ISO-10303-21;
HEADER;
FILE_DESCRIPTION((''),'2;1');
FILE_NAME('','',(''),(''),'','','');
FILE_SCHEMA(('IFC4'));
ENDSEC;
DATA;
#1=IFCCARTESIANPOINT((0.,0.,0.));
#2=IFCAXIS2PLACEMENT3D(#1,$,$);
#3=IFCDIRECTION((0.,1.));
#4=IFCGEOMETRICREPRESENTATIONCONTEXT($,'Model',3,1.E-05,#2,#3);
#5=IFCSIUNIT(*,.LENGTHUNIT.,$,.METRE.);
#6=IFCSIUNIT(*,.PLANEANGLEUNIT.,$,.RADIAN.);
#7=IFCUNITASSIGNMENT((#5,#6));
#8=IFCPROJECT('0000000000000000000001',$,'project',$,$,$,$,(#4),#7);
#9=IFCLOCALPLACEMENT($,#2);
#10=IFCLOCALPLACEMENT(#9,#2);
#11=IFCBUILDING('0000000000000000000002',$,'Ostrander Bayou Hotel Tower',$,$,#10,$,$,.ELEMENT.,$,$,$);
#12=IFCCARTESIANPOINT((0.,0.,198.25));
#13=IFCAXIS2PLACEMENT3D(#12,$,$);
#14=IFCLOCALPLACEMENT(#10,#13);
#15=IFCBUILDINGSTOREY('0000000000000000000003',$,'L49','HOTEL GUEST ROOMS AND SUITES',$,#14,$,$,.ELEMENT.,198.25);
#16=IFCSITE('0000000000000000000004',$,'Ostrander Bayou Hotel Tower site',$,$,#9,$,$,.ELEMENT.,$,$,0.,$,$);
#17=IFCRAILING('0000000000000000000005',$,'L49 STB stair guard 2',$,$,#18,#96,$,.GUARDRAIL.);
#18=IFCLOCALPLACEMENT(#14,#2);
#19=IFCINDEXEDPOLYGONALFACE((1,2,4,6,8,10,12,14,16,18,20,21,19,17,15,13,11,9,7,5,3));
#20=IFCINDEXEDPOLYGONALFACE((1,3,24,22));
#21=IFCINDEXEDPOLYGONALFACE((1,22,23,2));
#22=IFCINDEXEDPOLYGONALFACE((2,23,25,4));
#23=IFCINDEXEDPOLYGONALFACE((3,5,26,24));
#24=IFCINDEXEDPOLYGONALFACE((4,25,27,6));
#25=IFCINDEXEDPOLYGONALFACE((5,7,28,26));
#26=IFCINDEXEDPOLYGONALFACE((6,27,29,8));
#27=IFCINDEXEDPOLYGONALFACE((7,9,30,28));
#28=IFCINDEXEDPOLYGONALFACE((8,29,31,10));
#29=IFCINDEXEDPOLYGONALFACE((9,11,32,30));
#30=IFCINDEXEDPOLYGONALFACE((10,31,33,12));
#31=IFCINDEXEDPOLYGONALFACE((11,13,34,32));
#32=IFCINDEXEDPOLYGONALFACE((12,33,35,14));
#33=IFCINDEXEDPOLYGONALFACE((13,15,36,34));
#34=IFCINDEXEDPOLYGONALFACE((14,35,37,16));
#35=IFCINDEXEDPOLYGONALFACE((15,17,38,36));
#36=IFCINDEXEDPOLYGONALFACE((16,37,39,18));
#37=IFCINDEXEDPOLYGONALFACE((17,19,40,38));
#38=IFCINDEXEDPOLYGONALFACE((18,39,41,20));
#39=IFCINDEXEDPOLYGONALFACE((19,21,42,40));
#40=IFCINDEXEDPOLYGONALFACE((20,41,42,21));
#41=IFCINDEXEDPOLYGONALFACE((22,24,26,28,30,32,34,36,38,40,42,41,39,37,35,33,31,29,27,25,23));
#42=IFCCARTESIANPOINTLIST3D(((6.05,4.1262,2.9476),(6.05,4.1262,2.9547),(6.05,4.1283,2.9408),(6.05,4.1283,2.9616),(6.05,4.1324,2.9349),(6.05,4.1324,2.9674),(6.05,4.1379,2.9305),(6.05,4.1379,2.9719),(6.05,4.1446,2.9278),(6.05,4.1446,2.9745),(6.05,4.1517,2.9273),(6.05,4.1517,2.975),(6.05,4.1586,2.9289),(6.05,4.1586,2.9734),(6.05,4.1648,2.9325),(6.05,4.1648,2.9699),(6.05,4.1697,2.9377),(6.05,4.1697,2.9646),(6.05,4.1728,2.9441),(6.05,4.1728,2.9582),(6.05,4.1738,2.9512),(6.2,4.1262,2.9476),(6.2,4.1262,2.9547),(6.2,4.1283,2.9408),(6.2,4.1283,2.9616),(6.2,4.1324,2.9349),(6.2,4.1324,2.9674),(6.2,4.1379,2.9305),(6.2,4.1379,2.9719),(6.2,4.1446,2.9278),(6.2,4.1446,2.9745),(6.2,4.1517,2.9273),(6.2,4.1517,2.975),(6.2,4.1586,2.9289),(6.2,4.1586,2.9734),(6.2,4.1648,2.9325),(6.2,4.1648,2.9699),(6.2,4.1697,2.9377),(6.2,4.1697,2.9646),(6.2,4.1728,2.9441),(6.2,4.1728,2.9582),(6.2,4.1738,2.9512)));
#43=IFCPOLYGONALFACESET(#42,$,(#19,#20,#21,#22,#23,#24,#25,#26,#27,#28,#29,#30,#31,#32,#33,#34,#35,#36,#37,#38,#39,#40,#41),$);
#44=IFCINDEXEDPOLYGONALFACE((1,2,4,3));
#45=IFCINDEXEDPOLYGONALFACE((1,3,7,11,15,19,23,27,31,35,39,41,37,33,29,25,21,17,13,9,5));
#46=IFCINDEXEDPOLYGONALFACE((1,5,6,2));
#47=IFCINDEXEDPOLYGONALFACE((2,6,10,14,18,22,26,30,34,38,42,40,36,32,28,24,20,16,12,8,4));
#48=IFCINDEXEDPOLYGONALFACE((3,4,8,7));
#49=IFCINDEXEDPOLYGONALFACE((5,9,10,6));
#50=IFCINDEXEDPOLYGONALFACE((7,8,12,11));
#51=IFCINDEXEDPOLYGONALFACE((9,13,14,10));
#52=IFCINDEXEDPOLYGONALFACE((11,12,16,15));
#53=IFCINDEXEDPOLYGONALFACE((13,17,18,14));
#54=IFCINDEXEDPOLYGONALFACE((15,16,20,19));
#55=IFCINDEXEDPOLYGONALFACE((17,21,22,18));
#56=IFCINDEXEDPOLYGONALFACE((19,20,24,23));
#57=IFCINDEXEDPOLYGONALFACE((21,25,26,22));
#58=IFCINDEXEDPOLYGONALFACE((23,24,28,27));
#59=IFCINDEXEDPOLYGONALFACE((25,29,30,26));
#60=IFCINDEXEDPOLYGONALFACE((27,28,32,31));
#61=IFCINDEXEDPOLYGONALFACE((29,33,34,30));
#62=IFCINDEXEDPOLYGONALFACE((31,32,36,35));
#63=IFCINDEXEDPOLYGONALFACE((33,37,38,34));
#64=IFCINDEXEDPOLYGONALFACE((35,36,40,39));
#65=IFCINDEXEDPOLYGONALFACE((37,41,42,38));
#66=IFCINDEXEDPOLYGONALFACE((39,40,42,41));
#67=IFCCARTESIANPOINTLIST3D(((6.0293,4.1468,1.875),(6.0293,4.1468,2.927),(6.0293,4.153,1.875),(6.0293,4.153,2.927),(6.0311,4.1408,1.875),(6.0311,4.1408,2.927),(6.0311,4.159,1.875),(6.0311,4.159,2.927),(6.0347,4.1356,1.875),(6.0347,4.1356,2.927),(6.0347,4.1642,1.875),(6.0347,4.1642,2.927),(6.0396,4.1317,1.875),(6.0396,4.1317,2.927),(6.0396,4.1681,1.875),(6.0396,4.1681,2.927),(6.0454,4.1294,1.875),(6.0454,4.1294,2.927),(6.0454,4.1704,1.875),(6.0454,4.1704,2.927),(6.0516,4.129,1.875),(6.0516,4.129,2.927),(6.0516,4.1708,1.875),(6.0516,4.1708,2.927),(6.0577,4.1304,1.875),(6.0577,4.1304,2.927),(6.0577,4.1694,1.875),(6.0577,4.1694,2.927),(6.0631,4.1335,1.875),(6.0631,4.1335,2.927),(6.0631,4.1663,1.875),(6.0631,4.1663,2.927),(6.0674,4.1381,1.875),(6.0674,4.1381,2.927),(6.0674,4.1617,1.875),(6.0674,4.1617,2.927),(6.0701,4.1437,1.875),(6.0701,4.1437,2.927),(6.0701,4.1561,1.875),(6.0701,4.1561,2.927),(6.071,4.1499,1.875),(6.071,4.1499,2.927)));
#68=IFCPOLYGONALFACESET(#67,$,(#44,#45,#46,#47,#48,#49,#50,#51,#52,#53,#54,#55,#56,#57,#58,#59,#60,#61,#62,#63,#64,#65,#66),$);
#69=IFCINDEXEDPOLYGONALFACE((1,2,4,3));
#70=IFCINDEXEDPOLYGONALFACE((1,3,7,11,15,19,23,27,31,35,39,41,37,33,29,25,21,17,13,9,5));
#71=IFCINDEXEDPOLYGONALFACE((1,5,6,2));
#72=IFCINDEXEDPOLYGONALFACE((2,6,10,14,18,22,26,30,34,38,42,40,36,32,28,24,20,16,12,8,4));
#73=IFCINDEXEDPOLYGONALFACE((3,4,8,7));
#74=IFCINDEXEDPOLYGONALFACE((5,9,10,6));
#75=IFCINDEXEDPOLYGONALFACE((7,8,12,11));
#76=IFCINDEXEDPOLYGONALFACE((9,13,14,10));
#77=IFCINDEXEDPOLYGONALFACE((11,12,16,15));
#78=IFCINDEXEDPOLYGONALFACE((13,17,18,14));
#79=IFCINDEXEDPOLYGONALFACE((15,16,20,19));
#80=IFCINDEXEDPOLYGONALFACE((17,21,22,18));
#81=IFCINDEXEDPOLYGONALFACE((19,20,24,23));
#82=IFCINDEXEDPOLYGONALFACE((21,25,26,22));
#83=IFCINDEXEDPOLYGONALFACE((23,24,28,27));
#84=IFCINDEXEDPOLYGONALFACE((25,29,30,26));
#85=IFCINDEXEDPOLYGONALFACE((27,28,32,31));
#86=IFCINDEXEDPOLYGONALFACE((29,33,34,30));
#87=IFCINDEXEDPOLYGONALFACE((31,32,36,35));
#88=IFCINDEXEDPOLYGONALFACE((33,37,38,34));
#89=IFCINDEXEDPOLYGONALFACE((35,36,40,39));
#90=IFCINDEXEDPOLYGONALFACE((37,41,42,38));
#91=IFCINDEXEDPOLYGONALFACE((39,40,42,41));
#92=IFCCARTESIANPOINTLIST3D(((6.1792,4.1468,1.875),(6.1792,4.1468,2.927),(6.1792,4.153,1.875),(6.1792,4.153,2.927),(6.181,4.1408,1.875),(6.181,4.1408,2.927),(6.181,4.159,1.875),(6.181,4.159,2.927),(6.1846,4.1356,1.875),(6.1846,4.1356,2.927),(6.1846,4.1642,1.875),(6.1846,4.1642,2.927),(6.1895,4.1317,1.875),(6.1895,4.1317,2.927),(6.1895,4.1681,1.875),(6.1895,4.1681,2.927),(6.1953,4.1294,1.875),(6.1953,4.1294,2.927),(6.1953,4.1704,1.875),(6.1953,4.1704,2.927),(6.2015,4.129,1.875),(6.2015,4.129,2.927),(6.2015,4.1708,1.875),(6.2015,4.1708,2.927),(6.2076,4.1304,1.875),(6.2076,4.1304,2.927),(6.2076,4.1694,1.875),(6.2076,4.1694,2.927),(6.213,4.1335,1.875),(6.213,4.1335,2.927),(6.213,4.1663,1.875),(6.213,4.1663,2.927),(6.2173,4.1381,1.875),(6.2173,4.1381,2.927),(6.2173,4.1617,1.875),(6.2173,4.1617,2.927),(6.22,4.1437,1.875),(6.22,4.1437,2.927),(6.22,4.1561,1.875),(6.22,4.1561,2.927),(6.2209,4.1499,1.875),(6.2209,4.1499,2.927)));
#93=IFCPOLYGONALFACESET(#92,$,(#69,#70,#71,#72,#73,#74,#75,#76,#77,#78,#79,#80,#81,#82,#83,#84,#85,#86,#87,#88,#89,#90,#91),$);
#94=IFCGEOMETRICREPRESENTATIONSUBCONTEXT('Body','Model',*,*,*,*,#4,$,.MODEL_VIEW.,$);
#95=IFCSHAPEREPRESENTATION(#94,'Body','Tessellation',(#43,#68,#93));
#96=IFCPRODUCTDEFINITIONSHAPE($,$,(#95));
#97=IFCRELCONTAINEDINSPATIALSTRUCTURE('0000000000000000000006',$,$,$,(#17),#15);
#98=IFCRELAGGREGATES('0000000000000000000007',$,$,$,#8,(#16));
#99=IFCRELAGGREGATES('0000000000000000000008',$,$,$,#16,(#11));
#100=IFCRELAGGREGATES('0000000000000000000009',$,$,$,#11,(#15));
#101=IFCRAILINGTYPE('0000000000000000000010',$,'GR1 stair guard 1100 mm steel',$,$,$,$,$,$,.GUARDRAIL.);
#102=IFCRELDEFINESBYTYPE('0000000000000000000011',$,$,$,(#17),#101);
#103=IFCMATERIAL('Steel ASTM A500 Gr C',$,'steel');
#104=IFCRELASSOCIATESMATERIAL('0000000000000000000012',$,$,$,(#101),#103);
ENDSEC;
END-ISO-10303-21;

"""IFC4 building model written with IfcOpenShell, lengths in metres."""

from ifc_helpers import new_model, si_unit, direction, frame, origin, origin_2d, place, context, subcontext, project, spatial, circle, extrude, material, type_object, element, save


model = new_model("IFC4")

# Units and contexts
model_context = context("Model", 3, precision=1e-05, world=origin(), true_north=direction((0.0, 1.0)))
body_context = subcontext(model_context, "Body", "Model", "MODEL_VIEW")
ifc_project = project(units=[si_unit("LENGTHUNIT", "METRE"), si_unit("PLANEANGLEUNIT", "RADIAN")], contexts=[model_context])

# Site, building, storey
site_placement = place(None, origin())
site = spatial("IfcSite", under=ifc_project, at=site_placement, Name="Ostrander Bayou Hotel Tower site", CompositionType="ELEMENT", RefElevation=0.0)
building_placement = place(site_placement, origin())
building = spatial("IfcBuilding", under=site, at=building_placement, Name="Ostrander Bayou Hotel Tower", CompositionType="ELEMENT")
storey_placement = place(building_placement, frame((0.0, 0.0, 198.25)))
storey = spatial("IfcBuildingStorey", under=building, at=storey_placement, Name="L49", Description="HOTEL GUEST ROOMS AND SUITES", CompositionType="ELEMENT", Elevation=198.25)

# Railing
ifc_material_1 = material(Name="Steel ASTM A500 Gr C", Category="steel")
railing_type_1 = type_object("IfcRailingType", Name="GR1 stair guard 1100 mm steel", PredefinedType="GUARDRAIL", material=ifc_material_1)
railing_1_placement = place(storey_placement, frame((6.05, 4.1499, 1.875)))
element("IfcRailing", 1, at=railing_1_placement, inside=storey, type_object=railing_type_1, Name="L49 STB stair guard 2", PredefinedType="GUARDRAIL", context=body_context, shape_type="SweptSolid", body=[
    extrude(circle(Radius=0.0239, at=origin_2d()), frame((0.0, 0.0, 1.0762), z_axis=(1.0, 0.0, 0.0), x_axis=(0.0, 1.0, 0.0)), (0.0, 0.0, 1.0), 0.1499),
    extrude(circle(Radius=0.021, at=origin_2d()), origin(), (0.0, 0.0, 1.0), 1.052),
    extrude(circle(Radius=0.021, at=origin_2d()), frame((0.1499, 0.0, 0.0)), (0.0, 0.0, 1.0), 1.052),
])

save(model, "model.ifc")
